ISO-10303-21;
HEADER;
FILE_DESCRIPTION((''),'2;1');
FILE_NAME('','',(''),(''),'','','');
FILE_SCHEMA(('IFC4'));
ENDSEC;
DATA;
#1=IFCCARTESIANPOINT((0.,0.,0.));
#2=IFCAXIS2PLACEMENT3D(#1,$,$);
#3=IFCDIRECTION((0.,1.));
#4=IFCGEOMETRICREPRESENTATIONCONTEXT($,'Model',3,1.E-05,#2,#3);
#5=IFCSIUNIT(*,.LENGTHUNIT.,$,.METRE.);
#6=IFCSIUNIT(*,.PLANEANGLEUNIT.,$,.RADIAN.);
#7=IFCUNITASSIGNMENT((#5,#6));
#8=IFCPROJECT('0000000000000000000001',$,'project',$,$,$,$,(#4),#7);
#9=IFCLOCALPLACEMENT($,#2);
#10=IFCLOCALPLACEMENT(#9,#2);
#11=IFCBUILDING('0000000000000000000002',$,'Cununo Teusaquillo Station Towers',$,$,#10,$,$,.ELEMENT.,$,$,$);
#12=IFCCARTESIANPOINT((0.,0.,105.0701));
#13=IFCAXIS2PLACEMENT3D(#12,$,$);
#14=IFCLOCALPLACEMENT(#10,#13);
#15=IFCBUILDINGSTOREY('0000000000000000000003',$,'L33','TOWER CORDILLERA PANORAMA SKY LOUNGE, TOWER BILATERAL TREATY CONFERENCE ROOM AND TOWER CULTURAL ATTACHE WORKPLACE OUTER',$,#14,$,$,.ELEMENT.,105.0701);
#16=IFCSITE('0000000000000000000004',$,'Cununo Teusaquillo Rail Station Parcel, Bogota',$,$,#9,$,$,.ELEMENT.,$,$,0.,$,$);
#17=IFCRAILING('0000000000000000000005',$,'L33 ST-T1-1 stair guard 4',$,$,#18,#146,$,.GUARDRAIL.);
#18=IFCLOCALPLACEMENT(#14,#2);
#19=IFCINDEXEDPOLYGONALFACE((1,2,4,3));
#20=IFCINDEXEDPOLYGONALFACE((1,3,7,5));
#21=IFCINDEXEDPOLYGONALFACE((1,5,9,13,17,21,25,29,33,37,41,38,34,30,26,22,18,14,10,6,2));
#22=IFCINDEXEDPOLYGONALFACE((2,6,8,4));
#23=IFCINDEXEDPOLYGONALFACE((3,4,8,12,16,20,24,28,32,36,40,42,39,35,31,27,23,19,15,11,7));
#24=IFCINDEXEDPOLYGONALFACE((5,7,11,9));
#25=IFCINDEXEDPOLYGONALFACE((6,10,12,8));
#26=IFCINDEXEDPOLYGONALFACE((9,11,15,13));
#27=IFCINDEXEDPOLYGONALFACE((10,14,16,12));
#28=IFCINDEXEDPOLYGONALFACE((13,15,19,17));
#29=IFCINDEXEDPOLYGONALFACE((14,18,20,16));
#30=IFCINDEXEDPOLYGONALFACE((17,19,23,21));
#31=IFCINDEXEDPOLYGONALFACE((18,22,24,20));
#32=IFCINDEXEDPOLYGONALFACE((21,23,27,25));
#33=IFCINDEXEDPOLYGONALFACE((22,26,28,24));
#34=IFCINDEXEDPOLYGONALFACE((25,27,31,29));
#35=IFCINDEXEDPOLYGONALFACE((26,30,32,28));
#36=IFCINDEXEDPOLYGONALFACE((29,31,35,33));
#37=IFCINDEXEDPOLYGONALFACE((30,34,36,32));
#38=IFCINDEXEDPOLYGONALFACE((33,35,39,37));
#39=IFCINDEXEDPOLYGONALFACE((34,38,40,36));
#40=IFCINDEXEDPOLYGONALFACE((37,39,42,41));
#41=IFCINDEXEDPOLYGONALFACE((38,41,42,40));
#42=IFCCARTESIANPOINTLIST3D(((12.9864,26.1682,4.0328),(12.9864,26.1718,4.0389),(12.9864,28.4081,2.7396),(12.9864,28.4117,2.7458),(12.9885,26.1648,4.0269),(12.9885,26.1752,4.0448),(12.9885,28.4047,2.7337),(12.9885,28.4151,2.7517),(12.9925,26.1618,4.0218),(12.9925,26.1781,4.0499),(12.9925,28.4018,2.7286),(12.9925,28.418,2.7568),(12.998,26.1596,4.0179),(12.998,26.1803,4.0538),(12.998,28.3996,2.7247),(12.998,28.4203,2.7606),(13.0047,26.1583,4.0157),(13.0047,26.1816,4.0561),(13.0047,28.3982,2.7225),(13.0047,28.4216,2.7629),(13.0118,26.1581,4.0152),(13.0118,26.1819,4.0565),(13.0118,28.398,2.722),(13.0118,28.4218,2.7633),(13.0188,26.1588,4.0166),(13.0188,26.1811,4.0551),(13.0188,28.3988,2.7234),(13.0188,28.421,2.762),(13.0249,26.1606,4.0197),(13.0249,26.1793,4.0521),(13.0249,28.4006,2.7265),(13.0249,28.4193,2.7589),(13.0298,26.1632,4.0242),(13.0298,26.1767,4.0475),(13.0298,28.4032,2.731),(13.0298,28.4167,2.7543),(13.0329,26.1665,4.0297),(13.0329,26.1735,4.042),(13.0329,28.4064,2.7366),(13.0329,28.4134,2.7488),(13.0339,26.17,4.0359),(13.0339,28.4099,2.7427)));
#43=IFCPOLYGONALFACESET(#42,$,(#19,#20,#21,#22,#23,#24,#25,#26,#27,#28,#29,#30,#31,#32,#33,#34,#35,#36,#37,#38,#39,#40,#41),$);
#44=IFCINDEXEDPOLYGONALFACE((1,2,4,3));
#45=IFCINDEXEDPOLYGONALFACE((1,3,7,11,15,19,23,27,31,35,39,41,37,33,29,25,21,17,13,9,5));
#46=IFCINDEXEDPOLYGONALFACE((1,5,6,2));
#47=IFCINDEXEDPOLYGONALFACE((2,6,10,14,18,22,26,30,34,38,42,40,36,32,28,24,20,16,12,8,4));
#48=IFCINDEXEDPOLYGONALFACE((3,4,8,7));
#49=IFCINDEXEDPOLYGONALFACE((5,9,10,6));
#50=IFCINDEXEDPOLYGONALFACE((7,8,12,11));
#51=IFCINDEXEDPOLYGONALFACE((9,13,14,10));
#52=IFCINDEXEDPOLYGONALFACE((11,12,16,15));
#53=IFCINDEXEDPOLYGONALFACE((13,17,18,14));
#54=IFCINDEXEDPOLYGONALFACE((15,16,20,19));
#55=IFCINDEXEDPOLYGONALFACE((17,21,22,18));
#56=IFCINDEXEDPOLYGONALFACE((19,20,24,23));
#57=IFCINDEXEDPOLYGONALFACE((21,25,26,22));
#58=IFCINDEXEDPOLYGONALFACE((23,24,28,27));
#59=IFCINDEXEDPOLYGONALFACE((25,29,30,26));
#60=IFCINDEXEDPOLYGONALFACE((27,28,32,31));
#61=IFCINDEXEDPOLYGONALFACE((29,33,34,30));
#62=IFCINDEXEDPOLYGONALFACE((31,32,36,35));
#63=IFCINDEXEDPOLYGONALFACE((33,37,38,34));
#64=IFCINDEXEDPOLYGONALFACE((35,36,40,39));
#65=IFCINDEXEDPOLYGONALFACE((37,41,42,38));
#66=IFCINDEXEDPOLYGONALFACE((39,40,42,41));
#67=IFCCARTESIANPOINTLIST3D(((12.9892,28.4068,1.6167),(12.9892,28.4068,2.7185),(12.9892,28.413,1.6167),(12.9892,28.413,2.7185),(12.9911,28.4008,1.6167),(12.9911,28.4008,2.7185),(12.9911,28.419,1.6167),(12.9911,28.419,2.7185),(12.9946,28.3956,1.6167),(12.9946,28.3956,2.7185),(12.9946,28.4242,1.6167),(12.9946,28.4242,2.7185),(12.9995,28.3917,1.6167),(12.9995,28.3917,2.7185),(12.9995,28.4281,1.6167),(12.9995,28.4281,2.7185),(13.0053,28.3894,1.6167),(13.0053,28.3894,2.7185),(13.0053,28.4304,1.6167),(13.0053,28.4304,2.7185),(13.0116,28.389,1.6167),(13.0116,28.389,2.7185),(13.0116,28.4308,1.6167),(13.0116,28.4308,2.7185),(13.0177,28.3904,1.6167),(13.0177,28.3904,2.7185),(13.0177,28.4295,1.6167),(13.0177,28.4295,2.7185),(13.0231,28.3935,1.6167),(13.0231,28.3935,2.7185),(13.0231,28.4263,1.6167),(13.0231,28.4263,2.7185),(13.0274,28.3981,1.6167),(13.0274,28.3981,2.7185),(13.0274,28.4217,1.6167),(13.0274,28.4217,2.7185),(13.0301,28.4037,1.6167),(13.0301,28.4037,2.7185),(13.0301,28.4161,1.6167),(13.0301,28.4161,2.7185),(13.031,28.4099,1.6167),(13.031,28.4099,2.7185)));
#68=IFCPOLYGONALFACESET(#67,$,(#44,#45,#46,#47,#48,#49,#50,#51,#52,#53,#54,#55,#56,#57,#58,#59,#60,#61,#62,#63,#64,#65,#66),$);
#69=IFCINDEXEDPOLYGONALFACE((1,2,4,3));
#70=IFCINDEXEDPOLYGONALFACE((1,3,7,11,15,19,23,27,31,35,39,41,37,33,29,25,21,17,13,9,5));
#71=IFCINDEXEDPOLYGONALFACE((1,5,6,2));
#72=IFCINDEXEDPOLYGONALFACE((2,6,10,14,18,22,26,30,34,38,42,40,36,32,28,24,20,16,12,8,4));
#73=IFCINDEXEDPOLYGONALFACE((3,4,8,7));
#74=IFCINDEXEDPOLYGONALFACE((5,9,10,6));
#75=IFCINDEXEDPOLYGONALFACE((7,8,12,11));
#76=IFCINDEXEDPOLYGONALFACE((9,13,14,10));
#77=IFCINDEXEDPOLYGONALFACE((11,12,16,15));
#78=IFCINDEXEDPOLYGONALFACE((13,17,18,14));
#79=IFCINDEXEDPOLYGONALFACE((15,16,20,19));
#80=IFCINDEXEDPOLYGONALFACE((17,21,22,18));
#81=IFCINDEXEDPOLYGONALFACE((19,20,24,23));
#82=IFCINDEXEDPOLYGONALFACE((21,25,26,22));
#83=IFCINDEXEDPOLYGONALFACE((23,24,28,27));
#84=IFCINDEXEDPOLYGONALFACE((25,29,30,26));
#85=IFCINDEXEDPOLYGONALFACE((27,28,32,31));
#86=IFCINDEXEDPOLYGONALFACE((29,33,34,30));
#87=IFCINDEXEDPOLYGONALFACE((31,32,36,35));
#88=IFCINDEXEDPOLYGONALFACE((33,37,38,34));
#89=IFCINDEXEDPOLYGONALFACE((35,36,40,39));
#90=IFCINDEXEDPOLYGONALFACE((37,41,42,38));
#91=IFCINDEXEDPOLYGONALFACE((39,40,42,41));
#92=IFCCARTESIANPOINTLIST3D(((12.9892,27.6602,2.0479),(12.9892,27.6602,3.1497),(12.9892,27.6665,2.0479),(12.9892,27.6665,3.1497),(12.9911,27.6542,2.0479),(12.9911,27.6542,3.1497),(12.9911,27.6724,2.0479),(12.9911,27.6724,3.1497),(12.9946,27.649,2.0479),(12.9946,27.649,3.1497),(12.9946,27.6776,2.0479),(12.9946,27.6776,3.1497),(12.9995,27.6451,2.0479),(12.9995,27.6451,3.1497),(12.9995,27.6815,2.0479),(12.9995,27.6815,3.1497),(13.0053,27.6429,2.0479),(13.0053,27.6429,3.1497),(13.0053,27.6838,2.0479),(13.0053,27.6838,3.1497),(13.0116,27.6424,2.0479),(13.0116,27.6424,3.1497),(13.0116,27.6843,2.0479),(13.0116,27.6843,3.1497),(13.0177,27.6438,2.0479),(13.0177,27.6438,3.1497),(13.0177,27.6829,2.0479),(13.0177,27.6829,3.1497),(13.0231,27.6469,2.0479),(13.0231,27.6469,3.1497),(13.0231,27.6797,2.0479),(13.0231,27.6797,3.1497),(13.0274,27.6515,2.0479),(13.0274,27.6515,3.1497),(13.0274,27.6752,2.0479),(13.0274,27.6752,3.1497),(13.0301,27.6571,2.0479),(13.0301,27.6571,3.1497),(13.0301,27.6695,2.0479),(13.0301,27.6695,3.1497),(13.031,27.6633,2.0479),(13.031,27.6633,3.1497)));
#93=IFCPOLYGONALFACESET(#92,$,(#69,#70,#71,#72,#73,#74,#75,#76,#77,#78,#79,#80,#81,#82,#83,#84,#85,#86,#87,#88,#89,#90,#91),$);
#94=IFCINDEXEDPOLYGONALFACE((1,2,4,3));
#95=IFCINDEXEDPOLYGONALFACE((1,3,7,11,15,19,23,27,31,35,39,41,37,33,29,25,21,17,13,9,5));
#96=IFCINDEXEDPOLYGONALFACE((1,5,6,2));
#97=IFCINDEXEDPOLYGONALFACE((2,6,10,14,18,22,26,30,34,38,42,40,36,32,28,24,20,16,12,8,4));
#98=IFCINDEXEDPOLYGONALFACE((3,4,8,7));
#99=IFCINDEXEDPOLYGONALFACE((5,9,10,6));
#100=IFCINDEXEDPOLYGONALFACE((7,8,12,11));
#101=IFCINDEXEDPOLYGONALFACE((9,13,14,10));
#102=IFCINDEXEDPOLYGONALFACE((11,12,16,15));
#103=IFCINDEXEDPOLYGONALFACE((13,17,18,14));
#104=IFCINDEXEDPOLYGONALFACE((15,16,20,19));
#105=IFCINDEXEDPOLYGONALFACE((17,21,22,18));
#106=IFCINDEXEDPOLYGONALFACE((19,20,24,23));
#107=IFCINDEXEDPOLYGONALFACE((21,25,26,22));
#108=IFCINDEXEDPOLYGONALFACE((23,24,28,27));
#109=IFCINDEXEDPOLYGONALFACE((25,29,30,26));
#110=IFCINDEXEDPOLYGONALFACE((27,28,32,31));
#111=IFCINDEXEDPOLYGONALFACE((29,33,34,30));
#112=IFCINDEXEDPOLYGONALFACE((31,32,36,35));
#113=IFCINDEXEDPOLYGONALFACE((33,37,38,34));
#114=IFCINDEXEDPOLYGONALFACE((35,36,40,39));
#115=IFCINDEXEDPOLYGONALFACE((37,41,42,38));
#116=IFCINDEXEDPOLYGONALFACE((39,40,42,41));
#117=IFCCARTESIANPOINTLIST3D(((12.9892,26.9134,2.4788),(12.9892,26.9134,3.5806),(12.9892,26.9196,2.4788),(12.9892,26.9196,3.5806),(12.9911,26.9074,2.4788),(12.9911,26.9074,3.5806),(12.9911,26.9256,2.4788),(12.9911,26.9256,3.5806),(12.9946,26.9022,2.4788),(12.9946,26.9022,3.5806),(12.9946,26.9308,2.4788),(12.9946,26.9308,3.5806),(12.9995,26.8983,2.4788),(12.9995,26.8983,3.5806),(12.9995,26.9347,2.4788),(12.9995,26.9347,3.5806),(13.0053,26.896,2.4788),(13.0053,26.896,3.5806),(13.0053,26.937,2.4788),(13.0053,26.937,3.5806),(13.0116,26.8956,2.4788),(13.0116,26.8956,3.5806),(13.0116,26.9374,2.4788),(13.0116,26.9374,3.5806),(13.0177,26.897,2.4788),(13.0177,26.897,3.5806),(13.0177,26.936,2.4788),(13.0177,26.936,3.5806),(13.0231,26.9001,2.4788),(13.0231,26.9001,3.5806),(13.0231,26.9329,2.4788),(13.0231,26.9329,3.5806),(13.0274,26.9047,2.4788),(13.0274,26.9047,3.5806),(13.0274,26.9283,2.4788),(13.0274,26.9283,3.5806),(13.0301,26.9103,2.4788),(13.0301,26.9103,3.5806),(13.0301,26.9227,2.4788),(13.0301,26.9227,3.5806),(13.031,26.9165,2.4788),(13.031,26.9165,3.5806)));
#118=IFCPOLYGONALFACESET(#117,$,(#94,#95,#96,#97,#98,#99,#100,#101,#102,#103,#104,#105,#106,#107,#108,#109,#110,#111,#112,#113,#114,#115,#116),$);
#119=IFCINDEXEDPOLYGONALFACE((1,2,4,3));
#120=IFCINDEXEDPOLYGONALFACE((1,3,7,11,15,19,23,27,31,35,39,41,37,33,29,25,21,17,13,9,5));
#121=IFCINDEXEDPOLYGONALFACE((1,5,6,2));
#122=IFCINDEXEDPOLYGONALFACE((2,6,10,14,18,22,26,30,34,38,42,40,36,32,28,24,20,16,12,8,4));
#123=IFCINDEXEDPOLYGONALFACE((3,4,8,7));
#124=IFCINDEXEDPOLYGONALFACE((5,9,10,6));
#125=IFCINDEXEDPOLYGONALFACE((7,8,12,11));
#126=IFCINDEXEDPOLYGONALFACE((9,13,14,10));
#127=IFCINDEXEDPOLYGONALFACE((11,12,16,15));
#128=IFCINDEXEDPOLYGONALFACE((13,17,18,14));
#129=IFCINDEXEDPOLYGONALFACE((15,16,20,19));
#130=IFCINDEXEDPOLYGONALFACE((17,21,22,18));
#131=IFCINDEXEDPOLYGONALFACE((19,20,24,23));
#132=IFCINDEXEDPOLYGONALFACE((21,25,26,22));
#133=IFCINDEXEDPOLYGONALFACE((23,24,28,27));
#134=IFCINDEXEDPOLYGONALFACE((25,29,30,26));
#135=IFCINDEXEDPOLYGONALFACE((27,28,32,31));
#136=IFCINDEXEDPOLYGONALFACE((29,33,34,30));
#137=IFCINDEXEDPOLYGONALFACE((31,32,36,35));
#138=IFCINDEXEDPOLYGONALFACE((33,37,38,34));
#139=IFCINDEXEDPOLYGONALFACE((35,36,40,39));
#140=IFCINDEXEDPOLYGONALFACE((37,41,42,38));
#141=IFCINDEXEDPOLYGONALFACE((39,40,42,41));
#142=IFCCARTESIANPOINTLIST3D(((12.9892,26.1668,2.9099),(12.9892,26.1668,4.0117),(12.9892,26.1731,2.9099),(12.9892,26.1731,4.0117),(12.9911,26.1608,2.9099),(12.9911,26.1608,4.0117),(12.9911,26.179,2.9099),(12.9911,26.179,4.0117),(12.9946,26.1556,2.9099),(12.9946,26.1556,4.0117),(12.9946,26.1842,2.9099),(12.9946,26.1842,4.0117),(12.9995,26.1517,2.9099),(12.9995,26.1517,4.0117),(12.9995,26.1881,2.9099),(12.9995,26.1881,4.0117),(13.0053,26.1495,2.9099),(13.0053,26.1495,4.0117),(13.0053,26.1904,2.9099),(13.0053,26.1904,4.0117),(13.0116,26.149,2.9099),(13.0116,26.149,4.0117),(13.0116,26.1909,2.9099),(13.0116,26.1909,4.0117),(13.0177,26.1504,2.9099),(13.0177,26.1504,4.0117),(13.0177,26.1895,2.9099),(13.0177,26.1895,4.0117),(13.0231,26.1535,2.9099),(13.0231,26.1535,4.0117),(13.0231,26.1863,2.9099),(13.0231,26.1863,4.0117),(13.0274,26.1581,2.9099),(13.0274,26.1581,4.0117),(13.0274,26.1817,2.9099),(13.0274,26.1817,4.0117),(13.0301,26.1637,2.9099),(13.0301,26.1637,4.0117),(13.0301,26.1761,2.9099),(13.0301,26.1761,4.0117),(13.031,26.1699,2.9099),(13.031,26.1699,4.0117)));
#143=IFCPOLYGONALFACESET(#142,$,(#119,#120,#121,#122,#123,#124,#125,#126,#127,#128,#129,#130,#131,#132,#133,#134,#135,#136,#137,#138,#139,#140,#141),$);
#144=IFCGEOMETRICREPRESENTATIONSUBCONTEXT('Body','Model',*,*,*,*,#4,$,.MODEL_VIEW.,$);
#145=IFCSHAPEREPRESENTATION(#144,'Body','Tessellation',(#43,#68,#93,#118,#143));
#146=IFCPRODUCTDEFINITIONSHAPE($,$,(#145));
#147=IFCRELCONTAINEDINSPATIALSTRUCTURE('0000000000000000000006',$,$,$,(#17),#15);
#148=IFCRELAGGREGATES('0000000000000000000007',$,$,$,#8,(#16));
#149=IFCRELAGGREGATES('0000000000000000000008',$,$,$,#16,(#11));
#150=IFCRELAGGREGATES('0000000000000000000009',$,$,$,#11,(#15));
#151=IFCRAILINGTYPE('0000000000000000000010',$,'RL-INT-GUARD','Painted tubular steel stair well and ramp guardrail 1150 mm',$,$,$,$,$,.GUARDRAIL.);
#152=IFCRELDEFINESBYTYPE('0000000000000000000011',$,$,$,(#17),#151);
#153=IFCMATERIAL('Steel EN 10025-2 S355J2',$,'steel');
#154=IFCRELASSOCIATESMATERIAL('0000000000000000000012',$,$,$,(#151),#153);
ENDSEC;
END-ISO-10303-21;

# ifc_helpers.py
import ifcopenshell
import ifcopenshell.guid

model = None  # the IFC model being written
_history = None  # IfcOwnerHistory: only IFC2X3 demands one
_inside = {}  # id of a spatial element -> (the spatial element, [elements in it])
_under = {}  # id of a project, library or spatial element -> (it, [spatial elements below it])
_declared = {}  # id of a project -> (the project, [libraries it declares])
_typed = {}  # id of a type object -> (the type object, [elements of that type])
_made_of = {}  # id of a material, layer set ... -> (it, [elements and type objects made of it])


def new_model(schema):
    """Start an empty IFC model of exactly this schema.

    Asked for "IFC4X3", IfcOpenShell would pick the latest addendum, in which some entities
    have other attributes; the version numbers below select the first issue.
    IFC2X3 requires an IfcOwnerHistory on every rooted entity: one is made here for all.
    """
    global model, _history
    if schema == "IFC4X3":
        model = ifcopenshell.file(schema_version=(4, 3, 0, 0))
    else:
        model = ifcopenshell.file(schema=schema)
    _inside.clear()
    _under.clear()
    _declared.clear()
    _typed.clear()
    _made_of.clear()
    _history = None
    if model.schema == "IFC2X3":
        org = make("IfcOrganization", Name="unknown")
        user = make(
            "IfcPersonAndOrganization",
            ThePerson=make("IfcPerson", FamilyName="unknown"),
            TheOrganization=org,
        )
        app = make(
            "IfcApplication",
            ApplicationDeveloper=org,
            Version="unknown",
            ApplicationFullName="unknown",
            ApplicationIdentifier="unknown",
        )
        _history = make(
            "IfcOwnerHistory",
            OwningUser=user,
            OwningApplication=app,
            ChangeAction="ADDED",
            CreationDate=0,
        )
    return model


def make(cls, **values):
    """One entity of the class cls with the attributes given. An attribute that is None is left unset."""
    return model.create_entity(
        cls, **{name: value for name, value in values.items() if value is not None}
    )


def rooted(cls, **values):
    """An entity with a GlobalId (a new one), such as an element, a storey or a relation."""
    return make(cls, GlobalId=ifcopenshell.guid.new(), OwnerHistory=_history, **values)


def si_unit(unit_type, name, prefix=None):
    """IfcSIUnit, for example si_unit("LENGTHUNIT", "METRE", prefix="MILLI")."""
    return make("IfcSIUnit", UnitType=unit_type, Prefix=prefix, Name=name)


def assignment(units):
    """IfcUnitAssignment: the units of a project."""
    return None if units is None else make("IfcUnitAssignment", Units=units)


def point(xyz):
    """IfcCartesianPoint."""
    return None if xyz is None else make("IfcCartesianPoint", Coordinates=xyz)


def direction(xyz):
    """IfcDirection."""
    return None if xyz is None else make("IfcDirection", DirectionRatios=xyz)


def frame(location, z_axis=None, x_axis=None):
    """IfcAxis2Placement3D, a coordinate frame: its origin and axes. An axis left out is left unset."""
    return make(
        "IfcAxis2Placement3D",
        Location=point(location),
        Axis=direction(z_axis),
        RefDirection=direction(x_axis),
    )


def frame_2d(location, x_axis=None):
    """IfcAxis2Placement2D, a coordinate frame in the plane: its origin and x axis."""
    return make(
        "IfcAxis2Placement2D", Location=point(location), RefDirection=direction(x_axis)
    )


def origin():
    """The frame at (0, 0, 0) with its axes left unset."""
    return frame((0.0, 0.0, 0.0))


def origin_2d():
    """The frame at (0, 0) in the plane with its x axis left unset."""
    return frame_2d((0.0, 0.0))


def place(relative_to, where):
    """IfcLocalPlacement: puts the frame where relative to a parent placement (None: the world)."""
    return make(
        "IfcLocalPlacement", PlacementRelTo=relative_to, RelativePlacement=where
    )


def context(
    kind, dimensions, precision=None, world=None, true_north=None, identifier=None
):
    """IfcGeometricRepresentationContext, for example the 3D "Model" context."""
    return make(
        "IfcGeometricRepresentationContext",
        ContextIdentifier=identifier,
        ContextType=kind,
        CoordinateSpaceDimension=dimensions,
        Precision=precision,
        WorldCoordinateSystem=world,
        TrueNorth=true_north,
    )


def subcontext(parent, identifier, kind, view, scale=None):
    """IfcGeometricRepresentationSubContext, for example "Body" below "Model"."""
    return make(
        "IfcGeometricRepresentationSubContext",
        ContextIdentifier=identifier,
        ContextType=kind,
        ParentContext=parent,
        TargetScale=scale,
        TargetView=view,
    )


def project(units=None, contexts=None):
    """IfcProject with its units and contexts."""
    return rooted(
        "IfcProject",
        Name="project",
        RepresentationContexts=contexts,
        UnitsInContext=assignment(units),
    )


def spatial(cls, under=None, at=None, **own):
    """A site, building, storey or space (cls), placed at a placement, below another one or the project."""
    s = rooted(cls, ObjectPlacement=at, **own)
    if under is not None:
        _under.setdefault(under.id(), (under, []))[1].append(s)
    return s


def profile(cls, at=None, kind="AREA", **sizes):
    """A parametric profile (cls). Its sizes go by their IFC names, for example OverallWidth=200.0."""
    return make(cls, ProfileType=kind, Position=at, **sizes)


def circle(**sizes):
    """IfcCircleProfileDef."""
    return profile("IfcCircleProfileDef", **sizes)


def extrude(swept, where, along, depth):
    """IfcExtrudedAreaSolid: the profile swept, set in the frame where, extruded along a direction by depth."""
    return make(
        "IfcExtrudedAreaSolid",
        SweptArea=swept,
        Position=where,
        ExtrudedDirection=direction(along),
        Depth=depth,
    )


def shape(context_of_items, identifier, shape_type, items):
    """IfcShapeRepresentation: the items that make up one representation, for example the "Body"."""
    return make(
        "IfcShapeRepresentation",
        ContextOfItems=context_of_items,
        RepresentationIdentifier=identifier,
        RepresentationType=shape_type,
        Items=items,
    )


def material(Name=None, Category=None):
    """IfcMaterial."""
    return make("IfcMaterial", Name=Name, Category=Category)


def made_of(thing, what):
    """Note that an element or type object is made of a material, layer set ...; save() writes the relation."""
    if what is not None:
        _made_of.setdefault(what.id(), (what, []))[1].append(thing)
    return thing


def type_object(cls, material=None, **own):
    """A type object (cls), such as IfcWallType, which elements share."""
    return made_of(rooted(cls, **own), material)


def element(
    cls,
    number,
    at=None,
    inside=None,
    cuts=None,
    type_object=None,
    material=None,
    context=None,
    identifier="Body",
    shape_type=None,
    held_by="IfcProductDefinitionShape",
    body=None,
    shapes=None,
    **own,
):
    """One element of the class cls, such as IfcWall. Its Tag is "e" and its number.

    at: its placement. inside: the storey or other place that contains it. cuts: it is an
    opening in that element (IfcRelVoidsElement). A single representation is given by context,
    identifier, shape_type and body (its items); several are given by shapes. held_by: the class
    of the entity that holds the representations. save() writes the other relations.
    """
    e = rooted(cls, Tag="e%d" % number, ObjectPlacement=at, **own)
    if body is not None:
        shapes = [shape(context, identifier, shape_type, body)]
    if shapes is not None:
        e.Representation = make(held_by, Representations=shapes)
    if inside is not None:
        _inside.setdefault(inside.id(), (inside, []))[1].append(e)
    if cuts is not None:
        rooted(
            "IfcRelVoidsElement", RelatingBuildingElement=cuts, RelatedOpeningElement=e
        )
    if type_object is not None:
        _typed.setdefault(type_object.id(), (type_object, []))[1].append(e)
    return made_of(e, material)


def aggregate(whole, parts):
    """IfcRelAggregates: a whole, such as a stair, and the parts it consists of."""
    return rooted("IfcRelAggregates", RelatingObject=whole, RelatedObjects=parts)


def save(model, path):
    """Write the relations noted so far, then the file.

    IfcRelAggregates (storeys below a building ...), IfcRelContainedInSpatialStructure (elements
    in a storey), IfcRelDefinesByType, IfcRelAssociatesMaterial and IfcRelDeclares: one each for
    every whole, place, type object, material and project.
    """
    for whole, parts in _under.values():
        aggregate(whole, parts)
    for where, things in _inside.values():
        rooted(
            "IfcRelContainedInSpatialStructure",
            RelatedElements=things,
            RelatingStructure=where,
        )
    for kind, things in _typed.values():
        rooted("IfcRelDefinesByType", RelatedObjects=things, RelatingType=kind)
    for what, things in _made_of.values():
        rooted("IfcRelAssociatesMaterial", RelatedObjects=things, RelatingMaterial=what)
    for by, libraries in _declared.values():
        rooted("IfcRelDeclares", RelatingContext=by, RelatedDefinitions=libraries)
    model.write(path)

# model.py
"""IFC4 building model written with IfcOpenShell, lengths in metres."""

from ifc_helpers import new_model, si_unit, direction, frame, origin, origin_2d, place, context, subcontext, project, spatial, circle, extrude, material, type_object, element, save


model = new_model("IFC4")

# Units and contexts
model_context = context("Model", 3, precision=1e-05, world=origin(), true_north=direction((0.0, 1.0)))
body_context = subcontext(model_context, "Body", "Model", "MODEL_VIEW")
ifc_project = project(units=[si_unit("LENGTHUNIT", "METRE"), si_unit("PLANEANGLEUNIT", "RADIAN")], contexts=[model_context])

# Site, building, storey
site_placement = place(None, origin())
site = spatial("IfcSite", under=ifc_project, at=site_placement, Name="Cununo Teusaquillo Rail Station Parcel, Bogota", CompositionType="ELEMENT", RefElevation=0.0)
building_placement = place(site_placement, origin())
building = spatial("IfcBuilding", under=site, at=building_placement, Name="Cununo Teusaquillo Station Towers", CompositionType="ELEMENT")
storey_placement = place(building_placement, frame((0.0, 0.0, 105.0701)))
storey = spatial("IfcBuildingStorey", under=building, at=storey_placement, Name="L33", Description="TOWER CORDILLERA PANORAMA SKY LOUNGE, TOWER BILATERAL TREATY CONFERENCE ROOM AND TOWER CULTURAL ATTACHE WORKPLACE OUTER", CompositionType="ELEMENT", Elevation=105.0701)

# Railing
ifc_material_1 = material(Name="Steel EN 10025-2 S355J2", Category="steel")
railing_type_1 = type_object("IfcRailingType", Name="RL-INT-GUARD", Description="Painted tubular steel stair well and ramp guardrail 1150 mm", PredefinedType="GUARDRAIL", material=ifc_material_1)
railing_1_placement = place(storey_placement, frame((13.01, 28.4099, 1.6167)))
element("IfcRailing", 1, at=railing_1_placement, inside=storey, type_object=railing_type_1, Name="L33 ST-T1-1 stair guard 4", PredefinedType="GUARDRAIL", context=body_context, shape_type="SweptSolid", body=[
    extrude(circle(Radius=0.0239, at=origin_2d()), frame((0.0, 0.0, 1.126), z_axis=(0.0, -0.866033, 0.499987), x_axis=(1.0, 0.0, 0.0)), (0.0, 0.0, 1.0), 2.5864),
    extrude(circle(Radius=0.021, at=origin_2d()), origin(), (0.0, 0.0, 1.0), 1.1018),
    extrude(circle(Radius=0.021, at=origin_2d()), frame((0.0, -0.7466, 0.4312)), (0.0, 0.0, 1.0), 1.1018),
    extrude(circle(Radius=0.021, at=origin_2d()), frame((0.0, -1.4934, 0.8621)), (0.0, 0.0, 1.0), 1.1018),
    extrude(circle(Radius=0.021, at=origin_2d()), frame((0.0, -2.24, 1.2932)), (0.0, 0.0, 1.0), 1.1018),
])

save(model, "model.ifc")
